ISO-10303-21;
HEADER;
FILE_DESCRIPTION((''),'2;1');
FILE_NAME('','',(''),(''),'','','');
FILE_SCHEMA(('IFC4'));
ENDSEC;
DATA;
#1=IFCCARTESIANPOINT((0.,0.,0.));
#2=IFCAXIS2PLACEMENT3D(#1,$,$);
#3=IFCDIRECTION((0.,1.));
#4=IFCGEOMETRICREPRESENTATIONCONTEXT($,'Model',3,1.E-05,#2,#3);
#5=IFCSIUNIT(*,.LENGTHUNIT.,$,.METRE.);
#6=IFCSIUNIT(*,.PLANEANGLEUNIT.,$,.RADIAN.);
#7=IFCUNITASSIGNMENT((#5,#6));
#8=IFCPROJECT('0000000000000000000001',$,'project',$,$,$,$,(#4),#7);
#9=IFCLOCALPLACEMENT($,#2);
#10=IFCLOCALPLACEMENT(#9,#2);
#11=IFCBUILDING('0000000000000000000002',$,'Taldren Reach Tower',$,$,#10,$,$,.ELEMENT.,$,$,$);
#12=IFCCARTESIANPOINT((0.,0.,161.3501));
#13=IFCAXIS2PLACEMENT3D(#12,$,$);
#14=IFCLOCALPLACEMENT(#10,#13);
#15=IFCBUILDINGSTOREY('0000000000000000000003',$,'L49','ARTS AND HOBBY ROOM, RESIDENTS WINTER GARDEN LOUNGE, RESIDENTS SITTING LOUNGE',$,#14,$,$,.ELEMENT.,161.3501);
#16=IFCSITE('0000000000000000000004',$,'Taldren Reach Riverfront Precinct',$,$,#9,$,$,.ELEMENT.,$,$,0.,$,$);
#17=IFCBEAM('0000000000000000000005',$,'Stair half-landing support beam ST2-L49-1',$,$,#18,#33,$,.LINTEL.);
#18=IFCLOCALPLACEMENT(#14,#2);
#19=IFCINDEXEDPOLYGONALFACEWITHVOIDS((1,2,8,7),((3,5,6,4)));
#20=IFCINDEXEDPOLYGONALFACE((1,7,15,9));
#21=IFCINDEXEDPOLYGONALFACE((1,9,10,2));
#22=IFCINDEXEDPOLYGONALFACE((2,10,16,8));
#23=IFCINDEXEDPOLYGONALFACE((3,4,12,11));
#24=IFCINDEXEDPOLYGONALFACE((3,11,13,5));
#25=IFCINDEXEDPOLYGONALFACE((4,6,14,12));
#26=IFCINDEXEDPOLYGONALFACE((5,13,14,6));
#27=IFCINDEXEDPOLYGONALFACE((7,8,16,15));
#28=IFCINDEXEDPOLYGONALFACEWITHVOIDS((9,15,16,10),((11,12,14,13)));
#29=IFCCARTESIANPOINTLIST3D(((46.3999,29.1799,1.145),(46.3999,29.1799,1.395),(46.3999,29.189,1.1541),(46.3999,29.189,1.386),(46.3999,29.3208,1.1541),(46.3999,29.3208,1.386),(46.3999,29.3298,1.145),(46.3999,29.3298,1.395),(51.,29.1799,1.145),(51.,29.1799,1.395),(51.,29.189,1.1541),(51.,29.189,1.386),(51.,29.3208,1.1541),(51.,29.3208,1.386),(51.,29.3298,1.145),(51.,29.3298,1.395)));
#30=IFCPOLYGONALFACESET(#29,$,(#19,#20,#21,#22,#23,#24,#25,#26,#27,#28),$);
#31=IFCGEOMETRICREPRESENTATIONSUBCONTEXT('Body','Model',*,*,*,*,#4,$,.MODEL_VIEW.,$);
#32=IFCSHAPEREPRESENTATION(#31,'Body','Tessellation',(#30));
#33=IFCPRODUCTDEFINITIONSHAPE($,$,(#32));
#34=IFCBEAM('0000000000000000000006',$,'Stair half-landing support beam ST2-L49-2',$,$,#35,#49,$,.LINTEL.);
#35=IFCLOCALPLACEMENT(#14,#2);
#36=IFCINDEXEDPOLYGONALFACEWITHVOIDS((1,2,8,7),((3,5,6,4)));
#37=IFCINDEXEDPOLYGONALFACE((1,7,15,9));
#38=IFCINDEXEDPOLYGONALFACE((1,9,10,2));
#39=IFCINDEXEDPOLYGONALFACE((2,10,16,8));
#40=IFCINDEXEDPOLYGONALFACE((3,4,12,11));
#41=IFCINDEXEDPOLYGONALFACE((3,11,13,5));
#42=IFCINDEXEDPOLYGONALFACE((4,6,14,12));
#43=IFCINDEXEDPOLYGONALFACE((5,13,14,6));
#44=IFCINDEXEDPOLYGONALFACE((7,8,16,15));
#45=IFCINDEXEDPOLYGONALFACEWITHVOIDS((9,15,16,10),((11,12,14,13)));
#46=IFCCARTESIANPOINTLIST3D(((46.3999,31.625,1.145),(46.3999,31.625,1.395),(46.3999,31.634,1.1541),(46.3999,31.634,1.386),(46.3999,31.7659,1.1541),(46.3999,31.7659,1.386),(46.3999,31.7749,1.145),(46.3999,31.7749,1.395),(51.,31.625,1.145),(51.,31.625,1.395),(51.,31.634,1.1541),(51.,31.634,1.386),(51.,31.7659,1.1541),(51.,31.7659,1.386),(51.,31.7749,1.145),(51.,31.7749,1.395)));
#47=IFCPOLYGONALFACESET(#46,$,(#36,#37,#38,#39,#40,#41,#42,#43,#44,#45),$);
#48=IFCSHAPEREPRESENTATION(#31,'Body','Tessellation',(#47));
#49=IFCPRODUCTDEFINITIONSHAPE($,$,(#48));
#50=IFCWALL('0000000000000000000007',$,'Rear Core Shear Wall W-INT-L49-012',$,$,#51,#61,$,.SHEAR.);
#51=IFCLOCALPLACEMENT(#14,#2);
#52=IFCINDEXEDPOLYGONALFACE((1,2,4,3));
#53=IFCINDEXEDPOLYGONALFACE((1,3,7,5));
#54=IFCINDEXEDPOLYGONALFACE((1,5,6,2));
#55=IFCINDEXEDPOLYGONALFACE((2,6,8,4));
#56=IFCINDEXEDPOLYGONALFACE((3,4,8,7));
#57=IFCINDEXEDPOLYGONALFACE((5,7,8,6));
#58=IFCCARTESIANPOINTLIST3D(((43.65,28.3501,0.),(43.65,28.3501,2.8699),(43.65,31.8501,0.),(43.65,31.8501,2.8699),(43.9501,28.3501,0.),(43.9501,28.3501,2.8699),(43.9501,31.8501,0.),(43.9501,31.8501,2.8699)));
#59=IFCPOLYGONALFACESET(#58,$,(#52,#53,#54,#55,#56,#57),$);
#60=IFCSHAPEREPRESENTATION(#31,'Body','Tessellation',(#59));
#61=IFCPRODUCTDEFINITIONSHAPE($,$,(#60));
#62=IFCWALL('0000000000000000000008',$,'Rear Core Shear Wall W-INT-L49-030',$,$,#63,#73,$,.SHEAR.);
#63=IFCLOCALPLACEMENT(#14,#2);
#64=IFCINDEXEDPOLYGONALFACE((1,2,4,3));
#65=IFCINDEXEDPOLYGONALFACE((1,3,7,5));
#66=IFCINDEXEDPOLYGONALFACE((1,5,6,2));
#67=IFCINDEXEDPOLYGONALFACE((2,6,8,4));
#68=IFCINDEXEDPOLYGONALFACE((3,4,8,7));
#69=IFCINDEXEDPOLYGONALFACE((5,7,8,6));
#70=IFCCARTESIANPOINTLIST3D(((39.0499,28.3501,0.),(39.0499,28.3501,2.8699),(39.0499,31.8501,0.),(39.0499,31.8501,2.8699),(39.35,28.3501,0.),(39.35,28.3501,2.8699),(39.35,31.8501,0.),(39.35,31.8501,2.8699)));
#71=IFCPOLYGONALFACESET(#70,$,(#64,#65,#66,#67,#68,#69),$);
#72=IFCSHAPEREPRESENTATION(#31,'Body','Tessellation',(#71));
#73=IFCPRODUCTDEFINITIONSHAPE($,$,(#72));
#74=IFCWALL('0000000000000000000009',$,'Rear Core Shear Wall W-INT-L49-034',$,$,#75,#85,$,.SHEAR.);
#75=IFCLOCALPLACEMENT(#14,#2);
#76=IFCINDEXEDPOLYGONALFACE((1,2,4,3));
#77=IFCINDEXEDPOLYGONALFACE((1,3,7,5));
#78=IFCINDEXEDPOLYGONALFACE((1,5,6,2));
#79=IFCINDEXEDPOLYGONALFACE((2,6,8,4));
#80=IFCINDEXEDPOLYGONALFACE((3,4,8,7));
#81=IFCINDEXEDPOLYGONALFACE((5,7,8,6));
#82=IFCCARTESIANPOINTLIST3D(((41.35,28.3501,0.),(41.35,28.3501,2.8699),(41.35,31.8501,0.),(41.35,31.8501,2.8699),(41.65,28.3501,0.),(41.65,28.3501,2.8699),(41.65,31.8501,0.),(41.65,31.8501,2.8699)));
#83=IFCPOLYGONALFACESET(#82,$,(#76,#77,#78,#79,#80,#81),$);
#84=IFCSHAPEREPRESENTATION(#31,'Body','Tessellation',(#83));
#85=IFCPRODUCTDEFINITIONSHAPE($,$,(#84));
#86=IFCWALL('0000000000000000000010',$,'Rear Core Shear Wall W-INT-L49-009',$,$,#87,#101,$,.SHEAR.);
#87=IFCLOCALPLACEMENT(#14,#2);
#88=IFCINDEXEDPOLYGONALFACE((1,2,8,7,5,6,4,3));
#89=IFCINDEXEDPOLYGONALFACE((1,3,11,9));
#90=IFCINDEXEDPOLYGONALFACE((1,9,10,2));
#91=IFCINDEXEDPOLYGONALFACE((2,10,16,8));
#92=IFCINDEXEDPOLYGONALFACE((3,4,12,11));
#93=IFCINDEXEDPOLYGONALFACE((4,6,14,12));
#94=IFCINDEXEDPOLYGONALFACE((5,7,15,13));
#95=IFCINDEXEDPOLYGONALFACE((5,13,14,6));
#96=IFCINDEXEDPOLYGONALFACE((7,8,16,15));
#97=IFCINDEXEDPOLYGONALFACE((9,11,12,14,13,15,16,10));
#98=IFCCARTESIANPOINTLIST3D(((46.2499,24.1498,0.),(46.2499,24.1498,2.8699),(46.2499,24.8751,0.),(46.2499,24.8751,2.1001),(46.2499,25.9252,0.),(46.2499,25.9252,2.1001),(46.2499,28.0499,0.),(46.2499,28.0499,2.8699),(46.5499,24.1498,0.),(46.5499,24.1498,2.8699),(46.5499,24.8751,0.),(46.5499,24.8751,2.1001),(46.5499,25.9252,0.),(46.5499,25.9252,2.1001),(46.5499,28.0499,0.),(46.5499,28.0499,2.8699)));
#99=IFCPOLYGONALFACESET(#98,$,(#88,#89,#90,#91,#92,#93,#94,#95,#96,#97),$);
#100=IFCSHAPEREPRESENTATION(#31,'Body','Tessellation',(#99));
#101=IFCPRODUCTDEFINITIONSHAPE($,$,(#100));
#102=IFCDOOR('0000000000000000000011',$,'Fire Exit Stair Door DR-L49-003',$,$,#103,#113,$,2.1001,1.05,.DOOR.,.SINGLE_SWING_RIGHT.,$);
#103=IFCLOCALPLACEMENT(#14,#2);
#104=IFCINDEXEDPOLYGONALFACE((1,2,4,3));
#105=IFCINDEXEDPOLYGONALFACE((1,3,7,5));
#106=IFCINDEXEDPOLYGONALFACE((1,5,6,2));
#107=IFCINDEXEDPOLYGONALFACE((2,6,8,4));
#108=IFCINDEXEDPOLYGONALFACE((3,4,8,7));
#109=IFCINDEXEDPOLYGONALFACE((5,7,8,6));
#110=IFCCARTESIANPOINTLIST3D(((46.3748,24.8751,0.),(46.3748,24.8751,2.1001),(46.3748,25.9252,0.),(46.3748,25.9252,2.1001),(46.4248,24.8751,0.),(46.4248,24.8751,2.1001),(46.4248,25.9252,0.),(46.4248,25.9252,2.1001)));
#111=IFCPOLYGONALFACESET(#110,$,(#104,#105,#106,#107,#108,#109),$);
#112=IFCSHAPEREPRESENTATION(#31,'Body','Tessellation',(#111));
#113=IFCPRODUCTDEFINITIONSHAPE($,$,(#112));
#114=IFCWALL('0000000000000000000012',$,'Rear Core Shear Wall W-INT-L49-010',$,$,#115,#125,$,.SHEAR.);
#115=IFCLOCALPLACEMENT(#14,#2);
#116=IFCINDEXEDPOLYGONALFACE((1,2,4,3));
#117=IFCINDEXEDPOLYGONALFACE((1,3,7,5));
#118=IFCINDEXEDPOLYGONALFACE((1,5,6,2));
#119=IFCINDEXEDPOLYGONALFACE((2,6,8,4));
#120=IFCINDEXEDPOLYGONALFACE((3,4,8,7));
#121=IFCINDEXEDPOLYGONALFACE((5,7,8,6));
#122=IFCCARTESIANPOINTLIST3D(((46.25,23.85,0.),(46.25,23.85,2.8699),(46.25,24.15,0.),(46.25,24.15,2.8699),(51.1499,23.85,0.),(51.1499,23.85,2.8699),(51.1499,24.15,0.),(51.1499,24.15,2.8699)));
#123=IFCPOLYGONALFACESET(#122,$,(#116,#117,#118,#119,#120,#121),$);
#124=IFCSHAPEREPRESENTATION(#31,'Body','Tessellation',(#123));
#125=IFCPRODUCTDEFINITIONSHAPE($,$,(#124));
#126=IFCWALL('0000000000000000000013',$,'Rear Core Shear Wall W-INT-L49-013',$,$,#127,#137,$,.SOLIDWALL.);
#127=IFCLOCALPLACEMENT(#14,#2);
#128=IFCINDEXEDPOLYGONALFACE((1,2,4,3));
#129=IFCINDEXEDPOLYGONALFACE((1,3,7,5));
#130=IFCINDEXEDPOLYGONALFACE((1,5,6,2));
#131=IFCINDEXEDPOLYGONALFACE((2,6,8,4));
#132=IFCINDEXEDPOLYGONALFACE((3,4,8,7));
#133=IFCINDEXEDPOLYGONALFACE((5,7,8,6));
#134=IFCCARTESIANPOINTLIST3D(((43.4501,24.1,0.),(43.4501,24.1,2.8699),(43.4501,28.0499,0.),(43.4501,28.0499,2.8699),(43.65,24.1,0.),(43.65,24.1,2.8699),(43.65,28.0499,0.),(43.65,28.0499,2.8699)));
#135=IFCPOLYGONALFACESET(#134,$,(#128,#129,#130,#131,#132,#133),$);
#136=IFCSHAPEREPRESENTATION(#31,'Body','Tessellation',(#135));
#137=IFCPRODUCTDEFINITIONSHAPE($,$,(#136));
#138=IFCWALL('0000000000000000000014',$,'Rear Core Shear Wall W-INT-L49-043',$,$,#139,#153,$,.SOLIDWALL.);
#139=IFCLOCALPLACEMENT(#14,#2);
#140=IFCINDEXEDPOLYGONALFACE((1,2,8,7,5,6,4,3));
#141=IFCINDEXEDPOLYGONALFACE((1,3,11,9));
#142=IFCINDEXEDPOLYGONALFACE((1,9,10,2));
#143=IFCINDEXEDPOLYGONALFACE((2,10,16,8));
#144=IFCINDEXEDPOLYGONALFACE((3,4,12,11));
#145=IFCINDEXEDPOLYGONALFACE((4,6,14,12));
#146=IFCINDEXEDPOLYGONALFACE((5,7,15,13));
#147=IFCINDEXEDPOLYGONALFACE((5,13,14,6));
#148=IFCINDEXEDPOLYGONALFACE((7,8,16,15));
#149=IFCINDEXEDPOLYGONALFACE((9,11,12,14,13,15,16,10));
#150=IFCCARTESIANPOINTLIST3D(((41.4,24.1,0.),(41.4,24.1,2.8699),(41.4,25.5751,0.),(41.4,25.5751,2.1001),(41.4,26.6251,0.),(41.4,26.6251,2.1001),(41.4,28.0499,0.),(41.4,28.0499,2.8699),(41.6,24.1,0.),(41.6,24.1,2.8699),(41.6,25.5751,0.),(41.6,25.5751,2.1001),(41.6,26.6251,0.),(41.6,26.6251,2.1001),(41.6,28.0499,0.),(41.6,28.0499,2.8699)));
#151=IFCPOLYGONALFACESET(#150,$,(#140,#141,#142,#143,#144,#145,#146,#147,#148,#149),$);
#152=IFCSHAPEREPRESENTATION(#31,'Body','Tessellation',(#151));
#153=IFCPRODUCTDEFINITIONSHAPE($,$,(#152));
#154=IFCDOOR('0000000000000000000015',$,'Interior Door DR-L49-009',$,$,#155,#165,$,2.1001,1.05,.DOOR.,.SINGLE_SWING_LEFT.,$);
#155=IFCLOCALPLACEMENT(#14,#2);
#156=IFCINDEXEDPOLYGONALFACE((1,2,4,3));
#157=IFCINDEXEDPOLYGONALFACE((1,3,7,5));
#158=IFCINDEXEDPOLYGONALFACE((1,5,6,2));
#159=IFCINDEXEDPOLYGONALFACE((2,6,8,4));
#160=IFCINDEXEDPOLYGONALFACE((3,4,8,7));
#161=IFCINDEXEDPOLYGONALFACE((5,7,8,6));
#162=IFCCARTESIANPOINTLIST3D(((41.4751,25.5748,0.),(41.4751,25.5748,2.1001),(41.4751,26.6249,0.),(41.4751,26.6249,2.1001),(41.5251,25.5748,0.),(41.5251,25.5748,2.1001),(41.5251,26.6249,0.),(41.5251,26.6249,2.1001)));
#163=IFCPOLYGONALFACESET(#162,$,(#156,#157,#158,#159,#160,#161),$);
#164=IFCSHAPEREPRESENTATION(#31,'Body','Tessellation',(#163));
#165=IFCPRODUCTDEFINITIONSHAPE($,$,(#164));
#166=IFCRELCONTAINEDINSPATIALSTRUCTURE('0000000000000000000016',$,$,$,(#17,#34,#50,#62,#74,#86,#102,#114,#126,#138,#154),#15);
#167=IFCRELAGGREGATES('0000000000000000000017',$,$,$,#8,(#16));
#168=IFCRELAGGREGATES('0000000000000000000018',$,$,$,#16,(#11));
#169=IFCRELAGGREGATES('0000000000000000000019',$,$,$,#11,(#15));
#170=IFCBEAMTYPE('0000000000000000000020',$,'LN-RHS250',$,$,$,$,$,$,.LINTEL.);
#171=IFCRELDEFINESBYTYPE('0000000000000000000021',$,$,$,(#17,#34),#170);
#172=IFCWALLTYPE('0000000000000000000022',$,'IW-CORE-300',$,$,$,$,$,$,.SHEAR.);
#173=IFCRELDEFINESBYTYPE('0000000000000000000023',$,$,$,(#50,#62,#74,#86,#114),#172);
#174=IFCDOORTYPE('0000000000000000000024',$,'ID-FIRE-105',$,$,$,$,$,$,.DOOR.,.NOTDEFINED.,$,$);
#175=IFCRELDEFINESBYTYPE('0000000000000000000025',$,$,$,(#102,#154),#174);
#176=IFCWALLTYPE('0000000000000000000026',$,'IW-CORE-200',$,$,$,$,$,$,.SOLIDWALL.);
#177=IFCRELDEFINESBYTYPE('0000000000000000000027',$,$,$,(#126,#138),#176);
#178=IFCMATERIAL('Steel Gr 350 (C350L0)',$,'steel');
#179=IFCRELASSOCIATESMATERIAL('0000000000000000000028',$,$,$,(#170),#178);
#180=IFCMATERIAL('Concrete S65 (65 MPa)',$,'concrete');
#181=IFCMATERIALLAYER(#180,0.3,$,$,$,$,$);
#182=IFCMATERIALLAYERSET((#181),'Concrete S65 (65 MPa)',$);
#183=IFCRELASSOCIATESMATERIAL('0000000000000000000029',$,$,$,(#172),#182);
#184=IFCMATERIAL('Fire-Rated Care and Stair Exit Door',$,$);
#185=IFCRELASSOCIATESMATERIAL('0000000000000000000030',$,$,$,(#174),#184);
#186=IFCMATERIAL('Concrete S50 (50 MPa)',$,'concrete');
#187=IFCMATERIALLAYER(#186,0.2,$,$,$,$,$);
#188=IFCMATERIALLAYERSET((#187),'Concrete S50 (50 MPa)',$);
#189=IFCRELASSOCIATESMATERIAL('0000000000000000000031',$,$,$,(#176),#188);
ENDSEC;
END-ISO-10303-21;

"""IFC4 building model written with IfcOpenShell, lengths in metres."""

from ifc_helpers import new_model, si_unit, direction, frame, frame_2d, origin, origin_2d, place, context, subcontext, project, spatial, rectangle, hollow_rectangle, extrude, source, transform, mapped, material, layer, layer_set, material_profile, profile_set, type_object, element, fill, save


model = new_model("IFC4")

# Units and contexts
model_context = context("Model", 3, precision=1e-05, world=origin(), true_north=direction((0.0, 1.0)))
body_context = subcontext(model_context, "Body", "Model", "MODEL_VIEW")
ifc_project = project(units=[si_unit("LENGTHUNIT", "METRE"), si_unit("PLANEANGLEUNIT", "RADIAN")], contexts=[model_context])

# Site, building, storey
site_placement = place(None, origin())
site = spatial("IfcSite", under=ifc_project, at=site_placement, Name="Taldren Reach Riverfront Precinct", CompositionType="ELEMENT", RefElevation=0.0)
building_placement = place(site_placement, origin())
building = spatial("IfcBuilding", under=site, at=building_placement, Name="Taldren Reach Tower", CompositionType="ELEMENT")
storey_placement = place(building_placement, frame((0.0, 0.0, 161.3501)))
storey = spatial("IfcBuildingStorey", under=building, at=storey_placement, Name="L49", Description="ARTS AND HOBBY ROOM, RESIDENTS WINTER GARDEN LOUNGE, RESIDENTS SITTING LOUNGE", CompositionType="ELEMENT", Elevation=161.3501)

# Beams
ifc_material_1 = material(Name="Steel Gr 350 (C350L0)", Category="steel")
ifc_material_profile = material_profile(ifc_material_1, hollow_rectangle(XDim=0.1499, YDim=0.25, WallThickness=0.009, at=origin_2d()), Name="250x150x9.0RHS")
ifc_profile_set = profile_set([ifc_material_profile], Name="Steel Gr 350 (C350L0)")
beam_type = type_object("IfcBeamType", Name="LN-RHS250", PredefinedType="LINTEL", material=ifc_profile_set)
shared_shape_1 = source(origin(), body_context, "Body", "SweptSolid", [
    extrude(hollow_rectangle(XDim=0.1499, YDim=0.25, WallThickness=0.009, at=origin_2d()), origin(), (0.0, 0.0, 1.0), 4.6001),
])
for number, where, z_axis, x_axis, name in (
    (1, (46.3999, 29.2549, 1.27), (1.0, 0.0, 0.0), (0.0, 1.0, 0.0), "Stair half-landing support beam ST2-L49-1"),
    (2, (46.3999, 31.7, 1.27), (1.0, 0.0, 0.0), (0.0, 1.0, 0.0), "Stair half-landing support beam ST2-L49-2"),
):
    element("IfcBeam", number, at=place(storey_placement, frame(where, z_axis=z_axis, x_axis=x_axis)), inside=storey, type_object=beam_type, Name=name, PredefinedType="LINTEL", context=body_context, shape_type="MappedRepresentation", body=[
        mapped(shared_shape_1, transform((0.0, 0.0, 0.0), scale=1.0)),
    ])

# Walls
ifc_material_2 = material(Name="Concrete S65 (65 MPa)", Category="concrete")
ifc_layer_1 = layer(ifc_material_2, 0.3)
ifc_layer_set_1 = layer_set([ifc_layer_1], Name="Concrete S65 (65 MPa)")
wall_type_1 = type_object("IfcWallType", Name="IW-CORE-300", PredefinedType="SHEAR", material=ifc_layer_set_1)
shared_shape_2 = source(origin(), body_context, "Body", "SweptSolid", [
    extrude(rectangle(XDim=3.5, YDim=0.3, at=frame_2d((1.75, 0.0))), origin(), (0.0, 0.0, 1.0), 2.8699),
])
for number, where, z_axis, x_axis, name in (
    (3, (43.8, 31.8501, 0.0), (0.0, 0.0, 1.0), (0.0, -1.0, 0.0), "Rear Core Shear Wall W-INT-L49-012"),
    (4, (39.2, 28.3501, 0.0), (0.0, 0.0, 1.0), (0.0, 1.0, 0.0), "Rear Core Shear Wall W-INT-L49-030"),
    (5, (41.5, 28.3501, 0.0), (0.0, 0.0, 1.0), (0.0, 1.0, 0.0), "Rear Core Shear Wall W-INT-L49-034"),
):
    element("IfcWall", number, at=place(storey_placement, frame(where, z_axis=z_axis, x_axis=x_axis)), inside=storey, type_object=wall_type_1, Name=name, PredefinedType="SHEAR", context=body_context, shape_type="MappedRepresentation", body=[
        mapped(shared_shape_2, transform((0.0, 0.0, 0.0), scale=1.0)),
    ])

# Wall, opening, door
shared_shape_3 = source(origin(), body_context, "Body", "SweptSolid", [
    extrude(rectangle(XDim=3.9001, YDim=0.3, at=frame_2d((1.9502, 0.0))), origin(), (0.0, 0.0, 1.0), 2.8699),
])
wall_1_placement = place(storey_placement, frame((46.3999, 28.05, 0.0), z_axis=(0.0, 0.0, 1.0), x_axis=(0.0, -1.0, 0.0)))
wall_1 = element("IfcWall", 6, at=wall_1_placement, inside=storey, type_object=wall_type_1, Name="Rear Core Shear Wall W-INT-L49-009", PredefinedType="SHEAR", context=body_context, shape_type="MappedRepresentation", body=[
    mapped(shared_shape_3, transform((0.0, 0.0, 0.0), scale=1.0)),
])
shared_shape_4 = source(origin(), body_context, "Body", "SweptSolid", [
    extrude(rectangle(XDim=1.05, YDim=2.1001, at=frame_2d((0.5249, 1.05))), frame((0.0, 0.1602, 0.0), z_axis=(0.0, -1.0, 0.0), x_axis=(1.0, 0.0, 0.0)), (0.0, 0.0, 1.0), 0.3201),
])
opening_1_placement = place(wall_1_placement, frame((2.125, 0.0, 0.0)))
opening_1 = element("IfcOpeningElement", 7, at=opening_1_placement, cuts=wall_1, PredefinedType="OPENING", context=body_context, shape_type="MappedRepresentation", body=[
    mapped(shared_shape_4, transform((0.0, 0.0, 0.0), scale=1.0)),
])
ifc_material_3 = material(Name="Fire-Rated Care and Stair Exit Door")
door_type_1 = type_object("IfcDoorType", Name="ID-FIRE-105", OperationType="NOTDEFINED", PredefinedType="DOOR", material=ifc_material_3)
shared_shape_5 = source(origin(), body_context, "Body", "SweptSolid", [
    extrude(rectangle(XDim=1.05, YDim=2.1001, at=frame_2d((0.5249, 1.05))), frame((0.0, 0.0249, 0.0), z_axis=(0.0, -1.0, 0.0), x_axis=(1.0, 0.0, 0.0)), (0.0, 0.0, 1.0), 0.05),
])
door_1_placement = place(opening_1_placement, origin())
door_1 = element("IfcDoor", 8, at=door_1_placement, inside=storey, type_object=door_type_1, Name="Fire Exit Stair Door DR-L49-003", OperationType="SINGLE_SWING_RIGHT", OverallHeight=2.1001, OverallWidth=1.05, PredefinedType="DOOR", context=body_context, shape_type="MappedRepresentation", body=[
    mapped(shared_shape_5, transform((0.0, 0.0, 0.0), scale=1.0)),
])
fill(opening_1, door_1)

# Wall
shared_shape_6 = source(origin(), body_context, "Body", "SweptSolid", [
    extrude(rectangle(XDim=4.8999, YDim=0.3, at=frame_2d((2.45, 0.0))), origin(), (0.0, 0.0, 1.0), 2.8699),
])
wall_2_placement = place(storey_placement, frame((46.25, 24.0, 0.0), z_axis=(0.0, 0.0, 1.0), x_axis=(1.0, 0.0, 0.0)))
element("IfcWall", 9, at=wall_2_placement, inside=storey, type_object=wall_type_1, Name="Rear Core Shear Wall W-INT-L49-010", PredefinedType="SHEAR", context=body_context, shape_type="MappedRepresentation", body=[
    mapped(shared_shape_6, transform((0.0, 0.0, 0.0), scale=1.0)),
])

# Wall
ifc_material_4 = material(Name="Concrete S50 (50 MPa)", Category="concrete")
ifc_layer_2 = layer(ifc_material_4, 0.2)
ifc_layer_set_2 = layer_set([ifc_layer_2], Name="Concrete S50 (50 MPa)")
wall_type_2 = type_object("IfcWallType", Name="IW-CORE-200", PredefinedType="SOLIDWALL", material=ifc_layer_set_2)
shared_shape_7 = source(origin(), body_context, "Body", "SweptSolid", [
    extrude(rectangle(XDim=3.95, YDim=0.2, at=frame_2d((1.9751, 0.0))), origin(), (0.0, 0.0, 1.0), 2.8699),
])
wall_3_placement = place(storey_placement, frame((43.55, 28.05, 0.0), z_axis=(0.0, 0.0, 1.0), x_axis=(0.0, -1.0, 0.0)))
element("IfcWall", 10, at=wall_3_placement, inside=storey, type_object=wall_type_2, Name="Rear Core Shear Wall W-INT-L49-013", PredefinedType="SOLIDWALL", context=body_context, shape_type="MappedRepresentation", body=[
    mapped(shared_shape_7, transform((0.0, 0.0, 0.0), scale=1.0)),
])

# Wall, opening, door
wall_4_placement = place(storey_placement, frame((41.5, 28.05, 0.0), z_axis=(0.0, 0.0, 1.0), x_axis=(0.0, -1.0, 0.0)))
wall_4 = element("IfcWall", 11, at=wall_4_placement, inside=storey, type_object=wall_type_2, Name="Rear Core Shear Wall W-INT-L49-043", PredefinedType="SOLIDWALL", context=body_context, shape_type="MappedRepresentation", body=[
    mapped(shared_shape_7, transform((0.0, 0.0, 0.0), scale=1.0)),
])
shared_shape_8 = source(origin(), body_context, "Body", "SweptSolid", [
    extrude(rectangle(XDim=1.05, YDim=2.1001, at=frame_2d((0.5249, 1.05))), frame((0.0, 0.1099, 0.0), z_axis=(0.0, -1.0, 0.0), x_axis=(1.0, 0.0, 0.0)), (0.0, 0.0, 1.0), 0.22),
])
opening_2_placement = place(wall_4_placement, frame((1.425, 0.0, 0.0)))
opening_2 = element("IfcOpeningElement", 12, at=opening_2_placement, cuts=wall_4, PredefinedType="OPENING", context=body_context, shape_type="MappedRepresentation", body=[
    mapped(shared_shape_8, transform((0.0, 0.0, 0.0), scale=1.0)),
])
door_2_placement = place(opening_2_placement, frame((1.05, 0.0, 0.0), z_axis=(0.0, 0.0, 1.0), x_axis=(-1.0, 0.0, 0.0)))
door_2 = element("IfcDoor", 13, at=door_2_placement, inside=storey, type_object=door_type_1, Name="Interior Door DR-L49-009", OperationType="SINGLE_SWING_LEFT", OverallHeight=2.1001, OverallWidth=1.05, PredefinedType="DOOR", context=body_context, shape_type="MappedRepresentation", body=[
    mapped(shared_shape_5, transform((0.0, 0.0, 0.0), scale=1.0)),
])
fill(opening_2, door_2)

save(model, "model.ifc")
